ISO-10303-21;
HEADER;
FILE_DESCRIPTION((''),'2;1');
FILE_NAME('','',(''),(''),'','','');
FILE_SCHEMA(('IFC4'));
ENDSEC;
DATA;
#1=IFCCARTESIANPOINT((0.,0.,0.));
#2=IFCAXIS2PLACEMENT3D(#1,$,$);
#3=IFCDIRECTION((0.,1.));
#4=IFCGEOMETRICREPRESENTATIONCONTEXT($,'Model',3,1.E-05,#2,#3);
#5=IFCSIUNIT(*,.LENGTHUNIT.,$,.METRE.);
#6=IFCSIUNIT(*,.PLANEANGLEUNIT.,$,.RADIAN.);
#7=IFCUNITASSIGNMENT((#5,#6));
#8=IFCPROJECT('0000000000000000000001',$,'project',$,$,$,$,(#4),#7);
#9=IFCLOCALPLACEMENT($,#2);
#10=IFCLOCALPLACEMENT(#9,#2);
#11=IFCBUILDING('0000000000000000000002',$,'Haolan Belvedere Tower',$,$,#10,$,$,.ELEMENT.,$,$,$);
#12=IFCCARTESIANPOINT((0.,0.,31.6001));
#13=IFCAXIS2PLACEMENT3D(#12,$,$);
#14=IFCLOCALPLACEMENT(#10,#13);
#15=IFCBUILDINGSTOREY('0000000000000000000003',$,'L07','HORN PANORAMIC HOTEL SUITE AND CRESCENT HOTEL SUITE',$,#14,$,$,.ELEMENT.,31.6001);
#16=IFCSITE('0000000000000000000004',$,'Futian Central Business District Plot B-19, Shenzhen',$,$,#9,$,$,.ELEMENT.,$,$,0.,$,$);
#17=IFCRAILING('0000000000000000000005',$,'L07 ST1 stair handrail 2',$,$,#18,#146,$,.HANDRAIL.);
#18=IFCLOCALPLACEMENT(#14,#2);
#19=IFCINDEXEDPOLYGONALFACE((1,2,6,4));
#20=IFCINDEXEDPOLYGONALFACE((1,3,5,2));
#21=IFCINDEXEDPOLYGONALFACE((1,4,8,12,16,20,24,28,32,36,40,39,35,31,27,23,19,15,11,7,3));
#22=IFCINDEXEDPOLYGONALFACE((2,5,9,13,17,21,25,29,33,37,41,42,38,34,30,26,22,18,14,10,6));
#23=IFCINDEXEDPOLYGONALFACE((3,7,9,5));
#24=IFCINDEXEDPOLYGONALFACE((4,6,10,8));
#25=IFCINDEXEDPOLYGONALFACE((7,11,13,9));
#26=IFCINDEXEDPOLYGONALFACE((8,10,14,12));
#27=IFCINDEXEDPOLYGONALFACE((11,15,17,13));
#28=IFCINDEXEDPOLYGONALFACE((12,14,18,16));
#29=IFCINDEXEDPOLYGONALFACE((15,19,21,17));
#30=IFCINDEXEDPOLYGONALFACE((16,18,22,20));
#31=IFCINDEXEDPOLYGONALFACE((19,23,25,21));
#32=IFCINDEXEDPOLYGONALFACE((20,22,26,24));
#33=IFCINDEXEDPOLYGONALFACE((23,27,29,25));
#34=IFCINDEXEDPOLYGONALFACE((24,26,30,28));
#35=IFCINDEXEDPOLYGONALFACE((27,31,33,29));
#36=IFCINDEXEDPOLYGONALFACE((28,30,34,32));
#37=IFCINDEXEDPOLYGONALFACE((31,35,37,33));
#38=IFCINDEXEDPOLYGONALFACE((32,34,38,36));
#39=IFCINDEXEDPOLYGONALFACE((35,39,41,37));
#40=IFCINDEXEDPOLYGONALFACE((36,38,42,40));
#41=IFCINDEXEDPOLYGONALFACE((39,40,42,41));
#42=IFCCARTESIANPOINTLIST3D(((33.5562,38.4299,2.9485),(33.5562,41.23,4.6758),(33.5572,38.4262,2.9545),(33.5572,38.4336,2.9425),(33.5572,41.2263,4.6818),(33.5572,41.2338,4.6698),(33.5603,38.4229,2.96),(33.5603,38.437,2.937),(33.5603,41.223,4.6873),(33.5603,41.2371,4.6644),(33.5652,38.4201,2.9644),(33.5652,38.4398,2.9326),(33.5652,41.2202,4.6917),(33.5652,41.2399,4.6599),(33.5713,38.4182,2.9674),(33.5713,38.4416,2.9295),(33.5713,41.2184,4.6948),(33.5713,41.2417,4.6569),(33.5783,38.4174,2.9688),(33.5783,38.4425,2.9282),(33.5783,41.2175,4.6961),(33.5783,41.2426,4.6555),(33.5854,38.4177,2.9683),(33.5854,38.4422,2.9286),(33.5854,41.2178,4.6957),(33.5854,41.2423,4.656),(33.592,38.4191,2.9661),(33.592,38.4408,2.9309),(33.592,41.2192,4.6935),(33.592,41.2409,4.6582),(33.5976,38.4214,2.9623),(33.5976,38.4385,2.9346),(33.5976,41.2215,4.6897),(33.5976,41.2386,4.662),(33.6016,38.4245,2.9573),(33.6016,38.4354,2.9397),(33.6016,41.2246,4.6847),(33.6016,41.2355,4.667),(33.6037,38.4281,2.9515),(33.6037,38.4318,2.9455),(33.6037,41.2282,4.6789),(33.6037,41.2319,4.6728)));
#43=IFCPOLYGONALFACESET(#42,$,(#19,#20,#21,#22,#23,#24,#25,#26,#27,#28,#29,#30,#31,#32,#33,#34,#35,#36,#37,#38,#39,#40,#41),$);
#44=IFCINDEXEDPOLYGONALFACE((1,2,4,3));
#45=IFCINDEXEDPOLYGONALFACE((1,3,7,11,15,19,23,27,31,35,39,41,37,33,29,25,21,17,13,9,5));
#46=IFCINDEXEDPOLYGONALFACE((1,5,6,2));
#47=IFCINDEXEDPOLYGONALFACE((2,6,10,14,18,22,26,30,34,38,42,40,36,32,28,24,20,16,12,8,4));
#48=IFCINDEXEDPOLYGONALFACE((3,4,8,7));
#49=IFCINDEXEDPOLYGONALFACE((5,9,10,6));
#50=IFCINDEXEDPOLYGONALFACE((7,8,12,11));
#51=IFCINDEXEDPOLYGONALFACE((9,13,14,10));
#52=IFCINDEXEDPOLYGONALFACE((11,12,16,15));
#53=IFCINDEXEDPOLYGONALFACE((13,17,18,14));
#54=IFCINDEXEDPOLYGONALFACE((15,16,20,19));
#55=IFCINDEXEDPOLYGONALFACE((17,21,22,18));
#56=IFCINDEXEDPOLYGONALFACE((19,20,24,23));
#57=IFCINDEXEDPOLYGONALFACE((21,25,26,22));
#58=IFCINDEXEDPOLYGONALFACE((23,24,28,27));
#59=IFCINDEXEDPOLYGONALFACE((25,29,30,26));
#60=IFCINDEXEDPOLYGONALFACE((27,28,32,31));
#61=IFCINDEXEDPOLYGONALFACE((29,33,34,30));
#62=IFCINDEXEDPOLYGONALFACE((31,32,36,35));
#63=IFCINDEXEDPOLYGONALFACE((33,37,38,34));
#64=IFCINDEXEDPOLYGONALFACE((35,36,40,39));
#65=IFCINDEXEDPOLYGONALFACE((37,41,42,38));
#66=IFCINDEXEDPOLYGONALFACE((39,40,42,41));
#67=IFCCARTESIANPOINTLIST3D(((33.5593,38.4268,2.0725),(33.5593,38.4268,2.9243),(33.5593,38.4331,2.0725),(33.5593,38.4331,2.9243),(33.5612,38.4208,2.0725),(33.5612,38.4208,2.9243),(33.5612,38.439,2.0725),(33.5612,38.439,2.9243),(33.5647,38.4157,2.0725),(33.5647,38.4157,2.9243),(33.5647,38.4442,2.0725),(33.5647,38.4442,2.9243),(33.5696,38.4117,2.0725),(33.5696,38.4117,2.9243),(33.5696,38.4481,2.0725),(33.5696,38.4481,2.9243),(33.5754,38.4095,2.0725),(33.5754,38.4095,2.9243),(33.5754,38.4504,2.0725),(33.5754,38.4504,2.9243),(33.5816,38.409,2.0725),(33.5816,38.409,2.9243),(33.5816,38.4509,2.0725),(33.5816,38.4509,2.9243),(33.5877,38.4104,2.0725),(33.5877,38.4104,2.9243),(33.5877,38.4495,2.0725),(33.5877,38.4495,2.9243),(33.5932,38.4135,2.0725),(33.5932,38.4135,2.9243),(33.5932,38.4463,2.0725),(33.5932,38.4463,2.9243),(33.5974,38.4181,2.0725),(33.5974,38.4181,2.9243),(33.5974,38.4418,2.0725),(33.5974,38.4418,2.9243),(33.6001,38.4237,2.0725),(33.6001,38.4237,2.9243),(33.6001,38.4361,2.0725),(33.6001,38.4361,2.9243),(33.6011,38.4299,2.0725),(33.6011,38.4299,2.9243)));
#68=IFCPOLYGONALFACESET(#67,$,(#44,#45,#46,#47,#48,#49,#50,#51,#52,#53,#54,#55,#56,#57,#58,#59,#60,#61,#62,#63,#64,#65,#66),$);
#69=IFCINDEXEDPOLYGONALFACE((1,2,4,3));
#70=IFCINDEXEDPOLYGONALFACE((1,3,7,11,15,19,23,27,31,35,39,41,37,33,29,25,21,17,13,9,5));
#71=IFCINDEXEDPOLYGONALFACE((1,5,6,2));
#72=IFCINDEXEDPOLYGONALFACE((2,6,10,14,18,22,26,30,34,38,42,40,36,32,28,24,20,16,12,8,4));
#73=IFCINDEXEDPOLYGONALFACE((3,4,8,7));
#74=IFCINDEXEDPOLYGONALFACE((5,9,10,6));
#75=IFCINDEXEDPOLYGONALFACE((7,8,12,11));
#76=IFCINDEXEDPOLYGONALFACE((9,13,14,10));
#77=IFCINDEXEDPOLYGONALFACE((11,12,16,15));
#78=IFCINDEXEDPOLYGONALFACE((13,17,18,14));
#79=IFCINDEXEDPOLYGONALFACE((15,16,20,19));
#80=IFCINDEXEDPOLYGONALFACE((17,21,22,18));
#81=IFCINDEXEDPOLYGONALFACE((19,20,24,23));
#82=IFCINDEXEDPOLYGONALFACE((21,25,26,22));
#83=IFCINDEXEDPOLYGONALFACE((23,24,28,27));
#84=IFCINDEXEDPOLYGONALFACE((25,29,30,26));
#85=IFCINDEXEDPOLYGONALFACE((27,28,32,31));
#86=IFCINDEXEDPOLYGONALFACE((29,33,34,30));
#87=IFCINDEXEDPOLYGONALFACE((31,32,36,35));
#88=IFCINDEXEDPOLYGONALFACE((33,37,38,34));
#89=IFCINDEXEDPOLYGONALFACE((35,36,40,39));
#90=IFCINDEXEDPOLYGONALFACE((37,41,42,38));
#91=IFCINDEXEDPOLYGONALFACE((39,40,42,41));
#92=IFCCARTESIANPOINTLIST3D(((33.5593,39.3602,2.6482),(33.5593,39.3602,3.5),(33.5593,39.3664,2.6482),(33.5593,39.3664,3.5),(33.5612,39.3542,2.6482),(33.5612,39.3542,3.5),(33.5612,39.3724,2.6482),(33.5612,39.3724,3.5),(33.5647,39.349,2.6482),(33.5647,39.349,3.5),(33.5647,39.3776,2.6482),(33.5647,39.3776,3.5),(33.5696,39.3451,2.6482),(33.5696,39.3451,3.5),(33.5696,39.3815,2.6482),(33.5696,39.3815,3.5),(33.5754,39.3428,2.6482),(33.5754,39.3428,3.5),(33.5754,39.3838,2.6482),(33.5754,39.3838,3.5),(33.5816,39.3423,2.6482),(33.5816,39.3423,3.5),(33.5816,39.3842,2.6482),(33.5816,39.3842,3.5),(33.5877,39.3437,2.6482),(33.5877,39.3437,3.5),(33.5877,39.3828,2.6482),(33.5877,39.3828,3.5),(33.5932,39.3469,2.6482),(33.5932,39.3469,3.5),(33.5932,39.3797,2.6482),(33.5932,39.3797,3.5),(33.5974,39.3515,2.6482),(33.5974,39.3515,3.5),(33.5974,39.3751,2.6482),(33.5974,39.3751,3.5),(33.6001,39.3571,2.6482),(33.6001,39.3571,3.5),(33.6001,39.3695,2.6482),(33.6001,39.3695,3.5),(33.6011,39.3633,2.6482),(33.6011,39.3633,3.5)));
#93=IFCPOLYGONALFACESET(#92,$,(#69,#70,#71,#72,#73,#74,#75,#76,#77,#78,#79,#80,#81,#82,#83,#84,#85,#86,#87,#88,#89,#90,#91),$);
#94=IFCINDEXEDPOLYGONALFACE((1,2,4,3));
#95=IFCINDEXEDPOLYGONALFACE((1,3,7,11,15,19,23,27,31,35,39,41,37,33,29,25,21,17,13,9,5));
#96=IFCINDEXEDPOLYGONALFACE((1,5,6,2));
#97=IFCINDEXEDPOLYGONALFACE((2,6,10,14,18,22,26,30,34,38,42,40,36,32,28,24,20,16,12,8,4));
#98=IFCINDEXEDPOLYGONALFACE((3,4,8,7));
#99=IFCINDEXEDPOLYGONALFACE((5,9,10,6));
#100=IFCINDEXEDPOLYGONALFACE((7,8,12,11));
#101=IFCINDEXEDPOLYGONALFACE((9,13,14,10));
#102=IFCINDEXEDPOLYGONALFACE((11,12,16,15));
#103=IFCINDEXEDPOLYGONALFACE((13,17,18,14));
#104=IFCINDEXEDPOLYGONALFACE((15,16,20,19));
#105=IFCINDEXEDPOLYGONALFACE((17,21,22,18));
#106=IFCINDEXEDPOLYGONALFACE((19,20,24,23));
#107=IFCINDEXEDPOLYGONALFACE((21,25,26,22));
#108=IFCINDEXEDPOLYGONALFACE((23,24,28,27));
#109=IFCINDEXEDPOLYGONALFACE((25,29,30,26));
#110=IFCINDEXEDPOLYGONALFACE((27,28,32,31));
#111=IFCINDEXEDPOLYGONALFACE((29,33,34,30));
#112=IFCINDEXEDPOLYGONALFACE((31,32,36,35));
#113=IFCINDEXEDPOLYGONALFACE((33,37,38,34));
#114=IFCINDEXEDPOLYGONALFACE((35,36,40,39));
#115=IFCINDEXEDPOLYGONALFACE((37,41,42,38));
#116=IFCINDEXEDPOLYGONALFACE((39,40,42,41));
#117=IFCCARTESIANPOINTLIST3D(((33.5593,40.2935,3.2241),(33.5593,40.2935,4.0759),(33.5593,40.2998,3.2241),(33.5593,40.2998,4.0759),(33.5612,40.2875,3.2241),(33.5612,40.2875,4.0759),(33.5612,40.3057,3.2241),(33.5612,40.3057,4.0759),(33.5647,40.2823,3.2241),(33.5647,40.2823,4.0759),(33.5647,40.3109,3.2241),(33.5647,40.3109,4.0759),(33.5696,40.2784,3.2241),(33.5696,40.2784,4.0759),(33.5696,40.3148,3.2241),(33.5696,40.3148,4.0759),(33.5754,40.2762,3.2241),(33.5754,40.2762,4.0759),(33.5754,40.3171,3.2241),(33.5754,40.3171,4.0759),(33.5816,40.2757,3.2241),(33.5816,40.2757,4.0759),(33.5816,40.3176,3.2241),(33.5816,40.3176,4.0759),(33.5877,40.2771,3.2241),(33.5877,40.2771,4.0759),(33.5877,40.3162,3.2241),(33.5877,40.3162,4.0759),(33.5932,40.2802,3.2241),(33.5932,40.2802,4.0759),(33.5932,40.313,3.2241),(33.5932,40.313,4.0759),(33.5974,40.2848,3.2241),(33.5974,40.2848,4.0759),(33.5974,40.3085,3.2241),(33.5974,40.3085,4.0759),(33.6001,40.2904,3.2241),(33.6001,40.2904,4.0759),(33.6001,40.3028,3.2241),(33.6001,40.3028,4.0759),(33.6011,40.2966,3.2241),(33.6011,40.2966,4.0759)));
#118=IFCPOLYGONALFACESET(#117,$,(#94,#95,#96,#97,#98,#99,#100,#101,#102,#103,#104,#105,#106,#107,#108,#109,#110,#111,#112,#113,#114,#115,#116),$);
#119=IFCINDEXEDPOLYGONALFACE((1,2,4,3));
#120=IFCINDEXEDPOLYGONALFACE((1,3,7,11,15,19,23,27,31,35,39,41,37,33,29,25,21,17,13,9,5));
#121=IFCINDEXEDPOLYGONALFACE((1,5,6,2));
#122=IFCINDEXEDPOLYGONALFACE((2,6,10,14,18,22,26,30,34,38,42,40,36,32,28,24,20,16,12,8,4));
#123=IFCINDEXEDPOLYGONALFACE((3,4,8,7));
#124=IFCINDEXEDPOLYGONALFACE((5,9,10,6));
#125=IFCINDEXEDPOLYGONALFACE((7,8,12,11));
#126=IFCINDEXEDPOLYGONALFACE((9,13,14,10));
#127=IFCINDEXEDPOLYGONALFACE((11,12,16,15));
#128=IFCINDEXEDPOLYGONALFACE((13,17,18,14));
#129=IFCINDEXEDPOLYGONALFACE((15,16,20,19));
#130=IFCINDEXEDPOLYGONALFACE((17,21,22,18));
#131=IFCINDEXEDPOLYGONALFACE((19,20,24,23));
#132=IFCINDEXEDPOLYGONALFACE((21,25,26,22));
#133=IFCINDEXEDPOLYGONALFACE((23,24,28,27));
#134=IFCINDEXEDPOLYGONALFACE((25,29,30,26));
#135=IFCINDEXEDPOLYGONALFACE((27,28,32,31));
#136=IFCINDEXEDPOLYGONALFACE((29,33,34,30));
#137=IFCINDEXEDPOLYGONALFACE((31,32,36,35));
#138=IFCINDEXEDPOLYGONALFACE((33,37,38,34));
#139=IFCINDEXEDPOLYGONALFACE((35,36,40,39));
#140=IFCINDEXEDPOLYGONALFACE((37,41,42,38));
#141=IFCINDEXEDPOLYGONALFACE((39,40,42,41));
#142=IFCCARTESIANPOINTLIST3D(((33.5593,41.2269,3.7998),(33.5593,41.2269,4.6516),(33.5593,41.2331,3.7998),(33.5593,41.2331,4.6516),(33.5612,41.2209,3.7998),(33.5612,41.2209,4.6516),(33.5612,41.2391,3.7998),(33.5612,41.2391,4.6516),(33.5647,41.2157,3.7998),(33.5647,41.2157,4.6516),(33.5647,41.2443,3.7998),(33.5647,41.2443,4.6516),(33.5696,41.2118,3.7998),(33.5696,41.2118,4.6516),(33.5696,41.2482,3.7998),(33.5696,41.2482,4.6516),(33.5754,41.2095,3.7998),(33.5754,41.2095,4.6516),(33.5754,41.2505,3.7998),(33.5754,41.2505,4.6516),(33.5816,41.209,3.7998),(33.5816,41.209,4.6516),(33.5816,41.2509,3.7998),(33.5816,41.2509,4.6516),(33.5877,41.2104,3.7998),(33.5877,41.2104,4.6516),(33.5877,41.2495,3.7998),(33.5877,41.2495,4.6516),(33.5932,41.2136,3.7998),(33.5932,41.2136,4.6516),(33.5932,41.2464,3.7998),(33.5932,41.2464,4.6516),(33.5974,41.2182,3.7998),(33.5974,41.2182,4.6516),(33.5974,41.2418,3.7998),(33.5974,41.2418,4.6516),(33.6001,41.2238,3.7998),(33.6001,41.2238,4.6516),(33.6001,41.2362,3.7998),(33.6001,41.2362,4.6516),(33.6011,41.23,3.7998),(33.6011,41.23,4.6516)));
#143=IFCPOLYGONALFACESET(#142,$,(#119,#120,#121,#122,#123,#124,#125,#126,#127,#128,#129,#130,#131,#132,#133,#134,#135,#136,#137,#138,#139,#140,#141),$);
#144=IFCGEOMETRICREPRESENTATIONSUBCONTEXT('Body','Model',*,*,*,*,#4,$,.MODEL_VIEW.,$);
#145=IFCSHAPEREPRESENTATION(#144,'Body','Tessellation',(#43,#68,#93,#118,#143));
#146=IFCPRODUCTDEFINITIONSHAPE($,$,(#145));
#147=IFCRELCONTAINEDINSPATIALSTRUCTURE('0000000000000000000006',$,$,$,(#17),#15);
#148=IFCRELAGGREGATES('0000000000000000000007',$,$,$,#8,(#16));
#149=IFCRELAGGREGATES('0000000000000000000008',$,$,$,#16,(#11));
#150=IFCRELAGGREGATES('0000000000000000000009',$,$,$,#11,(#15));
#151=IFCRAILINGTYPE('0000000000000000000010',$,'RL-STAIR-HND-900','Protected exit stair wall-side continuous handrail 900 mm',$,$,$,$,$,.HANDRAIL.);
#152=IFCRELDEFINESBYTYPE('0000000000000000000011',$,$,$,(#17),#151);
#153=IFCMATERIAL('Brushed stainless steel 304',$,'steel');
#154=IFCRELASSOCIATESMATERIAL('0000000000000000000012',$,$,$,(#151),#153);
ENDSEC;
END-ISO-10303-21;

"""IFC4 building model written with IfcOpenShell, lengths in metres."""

from ifc_helpers import new_model, si_unit, direction, frame, origin, origin_2d, place, context, subcontext, project, spatial, circle, extrude, material, type_object, element, save


model = new_model("IFC4")

# Units and contexts
model_context = context("Model", 3, precision=1e-05, world=origin(), true_north=direction((0.0, 1.0)))
body_context = subcontext(model_context, "Body", "Model", "MODEL_VIEW")
ifc_project = project(units=[si_unit("LENGTHUNIT", "METRE"), si_unit("PLANEANGLEUNIT", "RADIAN")], contexts=[model_context])

# Site, building, storey
site_placement = place(None, origin())
site = spatial("IfcSite", under=ifc_project, at=site_placement, Name="Futian Central Business District Plot B-19, Shenzhen", CompositionType="ELEMENT", RefElevation=0.0)
building_placement = place(site_placement, origin())
building = spatial("IfcBuilding", under=site, at=building_placement, Name="Haolan Belvedere Tower", CompositionType="ELEMENT")
storey_placement = place(building_placement, frame((0.0, 0.0, 31.6001)))
storey = spatial("IfcBuildingStorey", under=building, at=storey_placement, Name="L07", Description="HORN PANORAMIC HOTEL SUITE AND CRESCENT HOTEL SUITE", CompositionType="ELEMENT", Elevation=31.6001)

# Railing
ifc_material_1 = material(Name="Brushed stainless steel 304", Category="steel")
railing_type_1 = type_object("IfcRailingType", Name="RL-STAIR-HND-900", Description="Protected exit stair wall-side continuous handrail 900 mm", PredefinedType="HANDRAIL", material=ifc_material_1)
railing_1_placement = place(storey_placement, frame((33.5801, 38.4299, 2.0725)))
element("IfcRailing", 1, at=railing_1_placement, inside=storey, type_object=railing_type_1, Name="L07 ST1 stair handrail 2", PredefinedType="HANDRAIL", context=body_context, shape_type="SweptSolid", body=[
    extrude(circle(Radius=0.0239, at=origin_2d()), frame((0.0, 0.0, 0.876), z_axis=(0.0, 0.85109, 0.52502), x_axis=(-1.0, 0.0, 0.0)), (0.0, 0.0, 1.0), 3.29),
    extrude(circle(Radius=0.021, at=origin_2d()), origin(), (0.0, 0.0, 1.0), 0.8518),
    extrude(circle(Radius=0.021, at=origin_2d()), frame((0.0, 0.9333, 0.5757)), (0.0, 0.0, 1.0), 0.8518),
    extrude(circle(Radius=0.021, at=origin_2d()), frame((0.0, 1.8667, 1.1516)), (0.0, 0.0, 1.0), 0.8518),
    extrude(circle(Radius=0.021, at=origin_2d()), frame((0.0, 2.8, 1.7273)), (0.0, 0.0, 1.0), 0.8518),
])

save(model, "model.ifc")
